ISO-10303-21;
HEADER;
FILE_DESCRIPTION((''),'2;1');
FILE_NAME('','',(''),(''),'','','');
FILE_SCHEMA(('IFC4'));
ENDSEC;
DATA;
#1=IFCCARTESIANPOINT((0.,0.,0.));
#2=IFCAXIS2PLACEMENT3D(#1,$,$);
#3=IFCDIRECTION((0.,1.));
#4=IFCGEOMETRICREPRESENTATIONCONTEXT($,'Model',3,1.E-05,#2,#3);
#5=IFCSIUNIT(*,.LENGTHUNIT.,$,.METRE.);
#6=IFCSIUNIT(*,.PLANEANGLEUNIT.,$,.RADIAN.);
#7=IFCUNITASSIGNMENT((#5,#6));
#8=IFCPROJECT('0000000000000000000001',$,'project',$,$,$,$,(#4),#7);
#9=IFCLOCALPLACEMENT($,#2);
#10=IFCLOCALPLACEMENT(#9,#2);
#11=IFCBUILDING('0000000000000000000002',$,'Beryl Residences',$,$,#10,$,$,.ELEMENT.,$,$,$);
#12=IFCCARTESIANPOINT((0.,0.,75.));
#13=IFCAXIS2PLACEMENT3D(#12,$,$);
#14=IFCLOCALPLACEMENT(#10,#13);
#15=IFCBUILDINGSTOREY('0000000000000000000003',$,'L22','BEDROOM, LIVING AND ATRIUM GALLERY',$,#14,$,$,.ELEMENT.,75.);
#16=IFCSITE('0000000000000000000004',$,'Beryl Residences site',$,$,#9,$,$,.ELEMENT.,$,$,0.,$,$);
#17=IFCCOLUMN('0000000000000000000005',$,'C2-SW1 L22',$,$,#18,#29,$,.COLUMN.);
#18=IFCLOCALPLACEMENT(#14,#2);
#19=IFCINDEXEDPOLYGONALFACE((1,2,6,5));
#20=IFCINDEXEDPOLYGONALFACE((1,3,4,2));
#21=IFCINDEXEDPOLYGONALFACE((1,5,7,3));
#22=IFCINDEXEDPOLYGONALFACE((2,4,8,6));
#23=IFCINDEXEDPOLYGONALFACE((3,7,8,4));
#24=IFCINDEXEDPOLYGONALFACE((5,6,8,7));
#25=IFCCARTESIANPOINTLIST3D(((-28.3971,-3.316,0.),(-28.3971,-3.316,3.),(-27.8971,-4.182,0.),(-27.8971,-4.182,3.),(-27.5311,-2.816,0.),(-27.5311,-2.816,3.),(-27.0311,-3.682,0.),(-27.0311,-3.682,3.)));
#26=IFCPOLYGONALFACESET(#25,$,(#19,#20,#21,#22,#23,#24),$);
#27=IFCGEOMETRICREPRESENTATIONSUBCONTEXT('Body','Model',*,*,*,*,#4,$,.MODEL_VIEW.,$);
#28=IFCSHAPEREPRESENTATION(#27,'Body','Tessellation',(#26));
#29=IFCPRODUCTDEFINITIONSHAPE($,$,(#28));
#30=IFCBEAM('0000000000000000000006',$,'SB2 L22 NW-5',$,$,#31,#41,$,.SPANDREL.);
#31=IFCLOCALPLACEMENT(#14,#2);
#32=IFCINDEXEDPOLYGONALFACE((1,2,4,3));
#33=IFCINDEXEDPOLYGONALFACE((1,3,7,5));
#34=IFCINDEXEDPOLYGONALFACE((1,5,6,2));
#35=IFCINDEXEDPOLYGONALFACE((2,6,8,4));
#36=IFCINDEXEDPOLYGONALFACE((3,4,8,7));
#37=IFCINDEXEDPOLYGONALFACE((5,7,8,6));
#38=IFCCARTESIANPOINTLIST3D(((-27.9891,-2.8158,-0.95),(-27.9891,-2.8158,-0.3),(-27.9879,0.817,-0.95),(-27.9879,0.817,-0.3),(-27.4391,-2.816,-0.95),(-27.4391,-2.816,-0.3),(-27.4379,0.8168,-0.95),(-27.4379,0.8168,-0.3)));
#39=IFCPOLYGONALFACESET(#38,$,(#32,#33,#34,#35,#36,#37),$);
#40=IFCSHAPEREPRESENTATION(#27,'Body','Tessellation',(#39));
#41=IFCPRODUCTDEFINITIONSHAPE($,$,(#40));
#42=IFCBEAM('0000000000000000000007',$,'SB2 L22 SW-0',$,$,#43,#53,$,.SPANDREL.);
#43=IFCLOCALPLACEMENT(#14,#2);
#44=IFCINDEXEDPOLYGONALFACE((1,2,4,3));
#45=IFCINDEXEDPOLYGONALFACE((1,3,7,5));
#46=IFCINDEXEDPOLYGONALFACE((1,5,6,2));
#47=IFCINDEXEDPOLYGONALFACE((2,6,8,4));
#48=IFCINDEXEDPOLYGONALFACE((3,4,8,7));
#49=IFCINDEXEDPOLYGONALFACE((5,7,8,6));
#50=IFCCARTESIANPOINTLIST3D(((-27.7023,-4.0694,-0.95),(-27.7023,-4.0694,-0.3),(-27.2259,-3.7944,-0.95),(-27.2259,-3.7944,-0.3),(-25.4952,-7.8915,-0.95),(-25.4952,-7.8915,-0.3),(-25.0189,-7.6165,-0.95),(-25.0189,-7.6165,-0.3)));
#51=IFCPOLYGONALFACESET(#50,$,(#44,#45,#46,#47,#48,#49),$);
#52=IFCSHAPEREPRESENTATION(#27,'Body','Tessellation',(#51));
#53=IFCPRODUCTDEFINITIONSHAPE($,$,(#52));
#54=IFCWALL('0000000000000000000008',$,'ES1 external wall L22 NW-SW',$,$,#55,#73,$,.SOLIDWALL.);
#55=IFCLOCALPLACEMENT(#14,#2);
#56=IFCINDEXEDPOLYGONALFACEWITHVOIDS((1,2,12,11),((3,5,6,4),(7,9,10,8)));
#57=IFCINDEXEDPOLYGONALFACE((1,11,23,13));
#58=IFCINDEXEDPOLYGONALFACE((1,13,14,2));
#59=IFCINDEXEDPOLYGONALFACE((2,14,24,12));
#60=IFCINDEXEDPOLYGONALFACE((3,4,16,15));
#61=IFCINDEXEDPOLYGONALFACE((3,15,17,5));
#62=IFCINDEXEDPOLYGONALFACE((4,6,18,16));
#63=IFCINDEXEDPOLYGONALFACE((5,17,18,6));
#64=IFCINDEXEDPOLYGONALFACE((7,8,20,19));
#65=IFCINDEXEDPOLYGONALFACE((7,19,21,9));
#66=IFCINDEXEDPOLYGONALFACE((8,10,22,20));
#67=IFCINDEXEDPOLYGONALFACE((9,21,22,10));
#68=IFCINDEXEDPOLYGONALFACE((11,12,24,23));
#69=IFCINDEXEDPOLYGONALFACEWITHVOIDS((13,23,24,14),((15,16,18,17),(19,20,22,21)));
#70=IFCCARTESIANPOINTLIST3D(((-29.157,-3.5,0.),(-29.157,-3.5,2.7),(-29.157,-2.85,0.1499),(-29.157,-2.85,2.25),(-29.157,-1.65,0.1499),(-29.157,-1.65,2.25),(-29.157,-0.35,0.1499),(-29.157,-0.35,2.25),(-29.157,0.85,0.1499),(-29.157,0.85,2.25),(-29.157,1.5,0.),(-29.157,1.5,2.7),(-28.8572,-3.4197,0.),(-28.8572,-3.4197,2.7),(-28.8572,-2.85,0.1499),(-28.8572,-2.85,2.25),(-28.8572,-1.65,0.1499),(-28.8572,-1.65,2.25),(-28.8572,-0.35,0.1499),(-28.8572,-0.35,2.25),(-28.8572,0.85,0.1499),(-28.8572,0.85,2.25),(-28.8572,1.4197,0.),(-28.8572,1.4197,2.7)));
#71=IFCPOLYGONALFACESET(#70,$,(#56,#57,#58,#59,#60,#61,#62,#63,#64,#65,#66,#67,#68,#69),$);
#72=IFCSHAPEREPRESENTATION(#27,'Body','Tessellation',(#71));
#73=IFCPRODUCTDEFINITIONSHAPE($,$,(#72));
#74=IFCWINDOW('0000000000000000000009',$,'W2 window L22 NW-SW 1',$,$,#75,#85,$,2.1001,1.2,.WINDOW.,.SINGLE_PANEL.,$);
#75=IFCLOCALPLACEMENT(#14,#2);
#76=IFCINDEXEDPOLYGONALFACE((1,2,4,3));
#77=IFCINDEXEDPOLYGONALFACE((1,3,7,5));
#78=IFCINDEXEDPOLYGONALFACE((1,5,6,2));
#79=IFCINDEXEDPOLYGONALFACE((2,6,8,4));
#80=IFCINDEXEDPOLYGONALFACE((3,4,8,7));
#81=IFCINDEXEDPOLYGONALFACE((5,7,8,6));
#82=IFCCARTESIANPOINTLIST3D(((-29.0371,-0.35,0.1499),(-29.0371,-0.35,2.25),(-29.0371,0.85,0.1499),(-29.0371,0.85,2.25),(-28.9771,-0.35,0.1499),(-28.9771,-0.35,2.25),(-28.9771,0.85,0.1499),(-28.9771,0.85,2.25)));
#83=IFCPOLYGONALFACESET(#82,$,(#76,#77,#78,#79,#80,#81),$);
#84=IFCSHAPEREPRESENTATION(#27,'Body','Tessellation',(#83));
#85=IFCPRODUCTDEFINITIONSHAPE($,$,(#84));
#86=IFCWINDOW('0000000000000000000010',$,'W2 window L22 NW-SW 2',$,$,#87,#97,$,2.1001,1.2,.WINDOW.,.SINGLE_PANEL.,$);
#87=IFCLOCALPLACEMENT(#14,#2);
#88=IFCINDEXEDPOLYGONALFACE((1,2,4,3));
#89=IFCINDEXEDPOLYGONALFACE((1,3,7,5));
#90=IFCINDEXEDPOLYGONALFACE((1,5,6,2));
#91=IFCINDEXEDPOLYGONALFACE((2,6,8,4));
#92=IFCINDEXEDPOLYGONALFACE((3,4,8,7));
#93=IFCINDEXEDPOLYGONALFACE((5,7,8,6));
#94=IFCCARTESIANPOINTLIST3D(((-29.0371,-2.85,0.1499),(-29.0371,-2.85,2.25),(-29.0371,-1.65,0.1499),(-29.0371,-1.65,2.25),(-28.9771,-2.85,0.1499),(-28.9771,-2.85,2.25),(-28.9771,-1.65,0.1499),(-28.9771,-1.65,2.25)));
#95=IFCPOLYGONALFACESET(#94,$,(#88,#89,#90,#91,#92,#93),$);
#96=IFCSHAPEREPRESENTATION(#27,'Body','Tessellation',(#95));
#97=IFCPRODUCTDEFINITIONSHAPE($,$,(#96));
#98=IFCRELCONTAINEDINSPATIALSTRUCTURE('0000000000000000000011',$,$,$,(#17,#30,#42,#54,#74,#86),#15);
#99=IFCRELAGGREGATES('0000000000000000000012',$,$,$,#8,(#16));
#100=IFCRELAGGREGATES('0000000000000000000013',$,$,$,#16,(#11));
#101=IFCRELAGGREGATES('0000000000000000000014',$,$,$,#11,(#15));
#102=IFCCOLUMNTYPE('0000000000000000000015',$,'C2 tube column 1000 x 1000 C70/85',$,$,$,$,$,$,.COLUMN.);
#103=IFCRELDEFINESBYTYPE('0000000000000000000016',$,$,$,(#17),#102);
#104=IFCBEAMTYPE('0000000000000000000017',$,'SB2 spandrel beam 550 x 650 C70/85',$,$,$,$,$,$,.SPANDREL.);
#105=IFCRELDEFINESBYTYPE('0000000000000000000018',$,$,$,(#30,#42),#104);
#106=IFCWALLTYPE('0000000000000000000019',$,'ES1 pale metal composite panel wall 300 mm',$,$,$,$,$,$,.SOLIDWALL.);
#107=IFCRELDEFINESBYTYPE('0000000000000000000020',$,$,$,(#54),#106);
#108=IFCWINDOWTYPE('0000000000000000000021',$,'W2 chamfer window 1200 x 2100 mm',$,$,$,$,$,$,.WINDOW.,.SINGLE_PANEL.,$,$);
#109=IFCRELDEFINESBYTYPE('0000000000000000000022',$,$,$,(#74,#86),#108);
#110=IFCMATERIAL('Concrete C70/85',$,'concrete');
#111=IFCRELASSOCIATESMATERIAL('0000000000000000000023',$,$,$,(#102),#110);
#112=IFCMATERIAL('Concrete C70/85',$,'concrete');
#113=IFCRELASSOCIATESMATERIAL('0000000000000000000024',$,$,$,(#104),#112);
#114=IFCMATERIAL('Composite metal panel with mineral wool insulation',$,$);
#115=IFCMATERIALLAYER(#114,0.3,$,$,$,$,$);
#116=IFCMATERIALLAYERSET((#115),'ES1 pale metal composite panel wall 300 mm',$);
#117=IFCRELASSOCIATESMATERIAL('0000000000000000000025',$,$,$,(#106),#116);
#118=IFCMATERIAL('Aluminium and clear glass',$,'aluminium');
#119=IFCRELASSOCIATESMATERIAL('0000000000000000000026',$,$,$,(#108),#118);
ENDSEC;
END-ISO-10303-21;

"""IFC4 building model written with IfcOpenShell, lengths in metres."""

from ifc_helpers import new_model, si_unit, direction, frame, frame_2d, origin, origin_2d, place, context, subcontext, project, spatial, polyline, rectangle, outline, extrude, material, layer, layer_set, material_profile, profile_set, type_object, element, fill, save


model = new_model("IFC4")

# Units and contexts
model_context = context("Model", 3, precision=1e-05, world=origin(), true_north=direction((0.0, 1.0)))
body_context = subcontext(model_context, "Body", "Model", "MODEL_VIEW")
ifc_project = project(units=[si_unit("LENGTHUNIT", "METRE"), si_unit("PLANEANGLEUNIT", "RADIAN")], contexts=[model_context])

# Site, building, storey
site_placement = place(None, origin())
site = spatial("IfcSite", under=ifc_project, at=site_placement, Name="Beryl Residences site", CompositionType="ELEMENT", RefElevation=0.0)
building_placement = place(site_placement, origin())
building = spatial("IfcBuilding", under=site, at=building_placement, Name="Beryl Residences", CompositionType="ELEMENT")
storey_placement = place(building_placement, frame((0.0, 0.0, 75.0)))
storey = spatial("IfcBuildingStorey", under=building, at=storey_placement, Name="L22", Description="BEDROOM, LIVING AND ATRIUM GALLERY", CompositionType="ELEMENT", Elevation=75.0)

# Column
ifc_material_1 = material(Name="Concrete C70/85", Category="concrete")
ifc_material_profile_1 = material_profile(ifc_material_1, rectangle(XDim=1.0, YDim=1.0, at=origin_2d()))
ifc_profile_set_1 = profile_set([ifc_material_profile_1], Name="Concrete C70/85")
column_type = type_object("IfcColumnType", Name="C2 tube column 1000 x 1000 C70/85", PredefinedType="COLUMN", material=ifc_profile_set_1)
column_placement = place(storey_placement, frame((-27.7141, -3.499, 0.0), z_axis=(0.0, 0.0, 1.0), x_axis=(0.5, -0.866025, 0.0)))
element("IfcColumn", 1, at=column_placement, inside=storey, type_object=column_type, Name="C2-SW1 L22", PredefinedType="COLUMN", context=body_context, shape_type="SweptSolid", body=[
    extrude(rectangle(XDim=1.0, YDim=1.0, at=origin_2d()), origin(), (0.0, 0.0, 1.0), 3.0),
])

# Beams
ifc_material_2 = material(Name="Concrete C70/85", Category="concrete")
ifc_material_profile_2 = material_profile(ifc_material_2, rectangle(XDim=0.55, YDim=0.6499, at=origin_2d()))
ifc_profile_set_2 = profile_set([ifc_material_profile_2], Name="Concrete C70/85")
beam_type = type_object("IfcBeamType", Name="SB2 spandrel beam 550 x 650 C70/85", PredefinedType="SPANDREL", material=ifc_profile_set_2)
beam_1_placement = place(storey_placement, frame((-27.7129, 0.8169, -0.625), z_axis=(-0.000336, -1.0, 0.0), x_axis=(1.0, -0.000336, 0.0)))
element("IfcBeam", 2, at=beam_1_placement, inside=storey, type_object=beam_type, Name="SB2 L22 NW-5", PredefinedType="SPANDREL", context=body_context, shape_type="SweptSolid", body=[
    extrude(rectangle(XDim=0.55, YDim=0.6499, at=origin_2d()), origin(), (0.0, 0.0, 1.0), 3.6328),
])
beam_2_placement = place(storey_placement, frame((-27.4641, -3.9319, -0.625), z_axis=(0.500066, -0.865988, 0.0), x_axis=(0.865988, 0.500066, 0.0)))
element("IfcBeam", 3, at=beam_2_placement, inside=storey, type_object=beam_type, Name="SB2 L22 SW-0", PredefinedType="SPANDREL", context=body_context, shape_type="SweptSolid", body=[
    extrude(rectangle(XDim=0.55, YDim=0.6499, at=origin_2d()), origin(), (0.0, 0.0, 1.0), 4.4136),
])

# Wall, openings, windows
ifc_material_3 = material(Name="Composite metal panel with mineral wool insulation")
ifc_layer_1 = layer(ifc_material_3, 0.3)
ifc_layer_set_1 = layer_set([ifc_layer_1], Name="ES1 pale metal composite panel wall 300 mm")
wall_type_1 = type_object("IfcWallType", Name="ES1 pale metal composite panel wall 300 mm", PredefinedType="SOLIDWALL", material=ifc_layer_set_1)
wall_1_placement = place(storey_placement, frame((-29.0071, 1.5, 0.0), z_axis=(0.0, 0.0, 1.0), x_axis=(0.0, -1.0, 0.0)))
wall_1 = element("IfcWall", 4, at=wall_1_placement, inside=storey, type_object=wall_type_1, Name="ES1 external wall L22 NW-SW", PredefinedType="SOLIDWALL", context=body_context, shape_type="SweptSolid", body=[
    extrude(outline(polyline([(0.0, -0.1499), (5.0, -0.1499), (4.9197, 0.1499), (0.0803, 0.1499), (0.0, -0.1499)])), origin(), (0.0, 0.0, 1.0), 2.7),
])
opening_1_placement = place(wall_1_placement, frame((0.6499, 0.0, 0.1499)))
opening_1 = element("IfcOpeningElement", 5, at=opening_1_placement, cuts=wall_1, PredefinedType="OPENING", context=body_context, shape_type="SweptSolid", body=[
    extrude(rectangle(XDim=1.2, YDim=2.1001, at=frame_2d((0.6001, 1.05))), frame((0.0, 0.1599, 0.0), z_axis=(0.0, -1.0, 0.0), x_axis=(1.0, 0.0, 0.0)), (0.0, 0.0, 1.0), 0.3201),
])
opening_2_placement = place(wall_1_placement, frame((3.1499, 0.0, 0.1499)))
opening_2 = element("IfcOpeningElement", 6, at=opening_2_placement, cuts=wall_1, PredefinedType="OPENING", context=body_context, shape_type="SweptSolid", body=[
    extrude(rectangle(XDim=1.2, YDim=2.1001, at=frame_2d((0.6001, 1.05))), frame((0.0, 0.1599, 0.0), z_axis=(0.0, -1.0, 0.0), x_axis=(1.0, 0.0, 0.0)), (0.0, 0.0, 1.0), 0.3201),
])
ifc_material_4 = material(Name="Aluminium and clear glass", Category="aluminium")
window_type_1 = type_object("IfcWindowType", Name="W2 chamfer window 1200 x 2100 mm", PartitioningType="SINGLE_PANEL", PredefinedType="WINDOW", material=ifc_material_4)
window_1_placement = place(opening_1_placement, origin())
window_1 = element("IfcWindow", 7, at=window_1_placement, inside=storey, type_object=window_type_1, Name="W2 window L22 NW-SW 1", OverallHeight=2.1001, OverallWidth=1.2, PartitioningType="SINGLE_PANEL", PredefinedType="WINDOW", context=body_context, shape_type="SweptSolid", body=[
    extrude(rectangle(XDim=1.2, YDim=2.1001, at=frame_2d((0.6001, 1.05))), frame((0.0, 0.03, 0.0), z_axis=(0.0, -1.0, 0.0), x_axis=(1.0, 0.0, 0.0)), (0.0, 0.0, 1.0), 0.0601),
])
fill(opening_1, window_1)
window_2_placement = place(opening_2_placement, origin())
window_2 = element("IfcWindow", 8, at=window_2_placement, inside=storey, type_object=window_type_1, Name="W2 window L22 NW-SW 2", OverallHeight=2.1001, OverallWidth=1.2, PartitioningType="SINGLE_PANEL", PredefinedType="WINDOW", context=body_context, shape_type="SweptSolid", body=[
    extrude(rectangle(XDim=1.2, YDim=2.1001, at=frame_2d((0.6001, 1.05))), frame((0.0, 0.03, 0.0), z_axis=(0.0, -1.0, 0.0), x_axis=(1.0, 0.0, 0.0)), (0.0, 0.0, 1.0), 0.0601),
])
fill(opening_2, window_2)

save(model, "model.ifc")
